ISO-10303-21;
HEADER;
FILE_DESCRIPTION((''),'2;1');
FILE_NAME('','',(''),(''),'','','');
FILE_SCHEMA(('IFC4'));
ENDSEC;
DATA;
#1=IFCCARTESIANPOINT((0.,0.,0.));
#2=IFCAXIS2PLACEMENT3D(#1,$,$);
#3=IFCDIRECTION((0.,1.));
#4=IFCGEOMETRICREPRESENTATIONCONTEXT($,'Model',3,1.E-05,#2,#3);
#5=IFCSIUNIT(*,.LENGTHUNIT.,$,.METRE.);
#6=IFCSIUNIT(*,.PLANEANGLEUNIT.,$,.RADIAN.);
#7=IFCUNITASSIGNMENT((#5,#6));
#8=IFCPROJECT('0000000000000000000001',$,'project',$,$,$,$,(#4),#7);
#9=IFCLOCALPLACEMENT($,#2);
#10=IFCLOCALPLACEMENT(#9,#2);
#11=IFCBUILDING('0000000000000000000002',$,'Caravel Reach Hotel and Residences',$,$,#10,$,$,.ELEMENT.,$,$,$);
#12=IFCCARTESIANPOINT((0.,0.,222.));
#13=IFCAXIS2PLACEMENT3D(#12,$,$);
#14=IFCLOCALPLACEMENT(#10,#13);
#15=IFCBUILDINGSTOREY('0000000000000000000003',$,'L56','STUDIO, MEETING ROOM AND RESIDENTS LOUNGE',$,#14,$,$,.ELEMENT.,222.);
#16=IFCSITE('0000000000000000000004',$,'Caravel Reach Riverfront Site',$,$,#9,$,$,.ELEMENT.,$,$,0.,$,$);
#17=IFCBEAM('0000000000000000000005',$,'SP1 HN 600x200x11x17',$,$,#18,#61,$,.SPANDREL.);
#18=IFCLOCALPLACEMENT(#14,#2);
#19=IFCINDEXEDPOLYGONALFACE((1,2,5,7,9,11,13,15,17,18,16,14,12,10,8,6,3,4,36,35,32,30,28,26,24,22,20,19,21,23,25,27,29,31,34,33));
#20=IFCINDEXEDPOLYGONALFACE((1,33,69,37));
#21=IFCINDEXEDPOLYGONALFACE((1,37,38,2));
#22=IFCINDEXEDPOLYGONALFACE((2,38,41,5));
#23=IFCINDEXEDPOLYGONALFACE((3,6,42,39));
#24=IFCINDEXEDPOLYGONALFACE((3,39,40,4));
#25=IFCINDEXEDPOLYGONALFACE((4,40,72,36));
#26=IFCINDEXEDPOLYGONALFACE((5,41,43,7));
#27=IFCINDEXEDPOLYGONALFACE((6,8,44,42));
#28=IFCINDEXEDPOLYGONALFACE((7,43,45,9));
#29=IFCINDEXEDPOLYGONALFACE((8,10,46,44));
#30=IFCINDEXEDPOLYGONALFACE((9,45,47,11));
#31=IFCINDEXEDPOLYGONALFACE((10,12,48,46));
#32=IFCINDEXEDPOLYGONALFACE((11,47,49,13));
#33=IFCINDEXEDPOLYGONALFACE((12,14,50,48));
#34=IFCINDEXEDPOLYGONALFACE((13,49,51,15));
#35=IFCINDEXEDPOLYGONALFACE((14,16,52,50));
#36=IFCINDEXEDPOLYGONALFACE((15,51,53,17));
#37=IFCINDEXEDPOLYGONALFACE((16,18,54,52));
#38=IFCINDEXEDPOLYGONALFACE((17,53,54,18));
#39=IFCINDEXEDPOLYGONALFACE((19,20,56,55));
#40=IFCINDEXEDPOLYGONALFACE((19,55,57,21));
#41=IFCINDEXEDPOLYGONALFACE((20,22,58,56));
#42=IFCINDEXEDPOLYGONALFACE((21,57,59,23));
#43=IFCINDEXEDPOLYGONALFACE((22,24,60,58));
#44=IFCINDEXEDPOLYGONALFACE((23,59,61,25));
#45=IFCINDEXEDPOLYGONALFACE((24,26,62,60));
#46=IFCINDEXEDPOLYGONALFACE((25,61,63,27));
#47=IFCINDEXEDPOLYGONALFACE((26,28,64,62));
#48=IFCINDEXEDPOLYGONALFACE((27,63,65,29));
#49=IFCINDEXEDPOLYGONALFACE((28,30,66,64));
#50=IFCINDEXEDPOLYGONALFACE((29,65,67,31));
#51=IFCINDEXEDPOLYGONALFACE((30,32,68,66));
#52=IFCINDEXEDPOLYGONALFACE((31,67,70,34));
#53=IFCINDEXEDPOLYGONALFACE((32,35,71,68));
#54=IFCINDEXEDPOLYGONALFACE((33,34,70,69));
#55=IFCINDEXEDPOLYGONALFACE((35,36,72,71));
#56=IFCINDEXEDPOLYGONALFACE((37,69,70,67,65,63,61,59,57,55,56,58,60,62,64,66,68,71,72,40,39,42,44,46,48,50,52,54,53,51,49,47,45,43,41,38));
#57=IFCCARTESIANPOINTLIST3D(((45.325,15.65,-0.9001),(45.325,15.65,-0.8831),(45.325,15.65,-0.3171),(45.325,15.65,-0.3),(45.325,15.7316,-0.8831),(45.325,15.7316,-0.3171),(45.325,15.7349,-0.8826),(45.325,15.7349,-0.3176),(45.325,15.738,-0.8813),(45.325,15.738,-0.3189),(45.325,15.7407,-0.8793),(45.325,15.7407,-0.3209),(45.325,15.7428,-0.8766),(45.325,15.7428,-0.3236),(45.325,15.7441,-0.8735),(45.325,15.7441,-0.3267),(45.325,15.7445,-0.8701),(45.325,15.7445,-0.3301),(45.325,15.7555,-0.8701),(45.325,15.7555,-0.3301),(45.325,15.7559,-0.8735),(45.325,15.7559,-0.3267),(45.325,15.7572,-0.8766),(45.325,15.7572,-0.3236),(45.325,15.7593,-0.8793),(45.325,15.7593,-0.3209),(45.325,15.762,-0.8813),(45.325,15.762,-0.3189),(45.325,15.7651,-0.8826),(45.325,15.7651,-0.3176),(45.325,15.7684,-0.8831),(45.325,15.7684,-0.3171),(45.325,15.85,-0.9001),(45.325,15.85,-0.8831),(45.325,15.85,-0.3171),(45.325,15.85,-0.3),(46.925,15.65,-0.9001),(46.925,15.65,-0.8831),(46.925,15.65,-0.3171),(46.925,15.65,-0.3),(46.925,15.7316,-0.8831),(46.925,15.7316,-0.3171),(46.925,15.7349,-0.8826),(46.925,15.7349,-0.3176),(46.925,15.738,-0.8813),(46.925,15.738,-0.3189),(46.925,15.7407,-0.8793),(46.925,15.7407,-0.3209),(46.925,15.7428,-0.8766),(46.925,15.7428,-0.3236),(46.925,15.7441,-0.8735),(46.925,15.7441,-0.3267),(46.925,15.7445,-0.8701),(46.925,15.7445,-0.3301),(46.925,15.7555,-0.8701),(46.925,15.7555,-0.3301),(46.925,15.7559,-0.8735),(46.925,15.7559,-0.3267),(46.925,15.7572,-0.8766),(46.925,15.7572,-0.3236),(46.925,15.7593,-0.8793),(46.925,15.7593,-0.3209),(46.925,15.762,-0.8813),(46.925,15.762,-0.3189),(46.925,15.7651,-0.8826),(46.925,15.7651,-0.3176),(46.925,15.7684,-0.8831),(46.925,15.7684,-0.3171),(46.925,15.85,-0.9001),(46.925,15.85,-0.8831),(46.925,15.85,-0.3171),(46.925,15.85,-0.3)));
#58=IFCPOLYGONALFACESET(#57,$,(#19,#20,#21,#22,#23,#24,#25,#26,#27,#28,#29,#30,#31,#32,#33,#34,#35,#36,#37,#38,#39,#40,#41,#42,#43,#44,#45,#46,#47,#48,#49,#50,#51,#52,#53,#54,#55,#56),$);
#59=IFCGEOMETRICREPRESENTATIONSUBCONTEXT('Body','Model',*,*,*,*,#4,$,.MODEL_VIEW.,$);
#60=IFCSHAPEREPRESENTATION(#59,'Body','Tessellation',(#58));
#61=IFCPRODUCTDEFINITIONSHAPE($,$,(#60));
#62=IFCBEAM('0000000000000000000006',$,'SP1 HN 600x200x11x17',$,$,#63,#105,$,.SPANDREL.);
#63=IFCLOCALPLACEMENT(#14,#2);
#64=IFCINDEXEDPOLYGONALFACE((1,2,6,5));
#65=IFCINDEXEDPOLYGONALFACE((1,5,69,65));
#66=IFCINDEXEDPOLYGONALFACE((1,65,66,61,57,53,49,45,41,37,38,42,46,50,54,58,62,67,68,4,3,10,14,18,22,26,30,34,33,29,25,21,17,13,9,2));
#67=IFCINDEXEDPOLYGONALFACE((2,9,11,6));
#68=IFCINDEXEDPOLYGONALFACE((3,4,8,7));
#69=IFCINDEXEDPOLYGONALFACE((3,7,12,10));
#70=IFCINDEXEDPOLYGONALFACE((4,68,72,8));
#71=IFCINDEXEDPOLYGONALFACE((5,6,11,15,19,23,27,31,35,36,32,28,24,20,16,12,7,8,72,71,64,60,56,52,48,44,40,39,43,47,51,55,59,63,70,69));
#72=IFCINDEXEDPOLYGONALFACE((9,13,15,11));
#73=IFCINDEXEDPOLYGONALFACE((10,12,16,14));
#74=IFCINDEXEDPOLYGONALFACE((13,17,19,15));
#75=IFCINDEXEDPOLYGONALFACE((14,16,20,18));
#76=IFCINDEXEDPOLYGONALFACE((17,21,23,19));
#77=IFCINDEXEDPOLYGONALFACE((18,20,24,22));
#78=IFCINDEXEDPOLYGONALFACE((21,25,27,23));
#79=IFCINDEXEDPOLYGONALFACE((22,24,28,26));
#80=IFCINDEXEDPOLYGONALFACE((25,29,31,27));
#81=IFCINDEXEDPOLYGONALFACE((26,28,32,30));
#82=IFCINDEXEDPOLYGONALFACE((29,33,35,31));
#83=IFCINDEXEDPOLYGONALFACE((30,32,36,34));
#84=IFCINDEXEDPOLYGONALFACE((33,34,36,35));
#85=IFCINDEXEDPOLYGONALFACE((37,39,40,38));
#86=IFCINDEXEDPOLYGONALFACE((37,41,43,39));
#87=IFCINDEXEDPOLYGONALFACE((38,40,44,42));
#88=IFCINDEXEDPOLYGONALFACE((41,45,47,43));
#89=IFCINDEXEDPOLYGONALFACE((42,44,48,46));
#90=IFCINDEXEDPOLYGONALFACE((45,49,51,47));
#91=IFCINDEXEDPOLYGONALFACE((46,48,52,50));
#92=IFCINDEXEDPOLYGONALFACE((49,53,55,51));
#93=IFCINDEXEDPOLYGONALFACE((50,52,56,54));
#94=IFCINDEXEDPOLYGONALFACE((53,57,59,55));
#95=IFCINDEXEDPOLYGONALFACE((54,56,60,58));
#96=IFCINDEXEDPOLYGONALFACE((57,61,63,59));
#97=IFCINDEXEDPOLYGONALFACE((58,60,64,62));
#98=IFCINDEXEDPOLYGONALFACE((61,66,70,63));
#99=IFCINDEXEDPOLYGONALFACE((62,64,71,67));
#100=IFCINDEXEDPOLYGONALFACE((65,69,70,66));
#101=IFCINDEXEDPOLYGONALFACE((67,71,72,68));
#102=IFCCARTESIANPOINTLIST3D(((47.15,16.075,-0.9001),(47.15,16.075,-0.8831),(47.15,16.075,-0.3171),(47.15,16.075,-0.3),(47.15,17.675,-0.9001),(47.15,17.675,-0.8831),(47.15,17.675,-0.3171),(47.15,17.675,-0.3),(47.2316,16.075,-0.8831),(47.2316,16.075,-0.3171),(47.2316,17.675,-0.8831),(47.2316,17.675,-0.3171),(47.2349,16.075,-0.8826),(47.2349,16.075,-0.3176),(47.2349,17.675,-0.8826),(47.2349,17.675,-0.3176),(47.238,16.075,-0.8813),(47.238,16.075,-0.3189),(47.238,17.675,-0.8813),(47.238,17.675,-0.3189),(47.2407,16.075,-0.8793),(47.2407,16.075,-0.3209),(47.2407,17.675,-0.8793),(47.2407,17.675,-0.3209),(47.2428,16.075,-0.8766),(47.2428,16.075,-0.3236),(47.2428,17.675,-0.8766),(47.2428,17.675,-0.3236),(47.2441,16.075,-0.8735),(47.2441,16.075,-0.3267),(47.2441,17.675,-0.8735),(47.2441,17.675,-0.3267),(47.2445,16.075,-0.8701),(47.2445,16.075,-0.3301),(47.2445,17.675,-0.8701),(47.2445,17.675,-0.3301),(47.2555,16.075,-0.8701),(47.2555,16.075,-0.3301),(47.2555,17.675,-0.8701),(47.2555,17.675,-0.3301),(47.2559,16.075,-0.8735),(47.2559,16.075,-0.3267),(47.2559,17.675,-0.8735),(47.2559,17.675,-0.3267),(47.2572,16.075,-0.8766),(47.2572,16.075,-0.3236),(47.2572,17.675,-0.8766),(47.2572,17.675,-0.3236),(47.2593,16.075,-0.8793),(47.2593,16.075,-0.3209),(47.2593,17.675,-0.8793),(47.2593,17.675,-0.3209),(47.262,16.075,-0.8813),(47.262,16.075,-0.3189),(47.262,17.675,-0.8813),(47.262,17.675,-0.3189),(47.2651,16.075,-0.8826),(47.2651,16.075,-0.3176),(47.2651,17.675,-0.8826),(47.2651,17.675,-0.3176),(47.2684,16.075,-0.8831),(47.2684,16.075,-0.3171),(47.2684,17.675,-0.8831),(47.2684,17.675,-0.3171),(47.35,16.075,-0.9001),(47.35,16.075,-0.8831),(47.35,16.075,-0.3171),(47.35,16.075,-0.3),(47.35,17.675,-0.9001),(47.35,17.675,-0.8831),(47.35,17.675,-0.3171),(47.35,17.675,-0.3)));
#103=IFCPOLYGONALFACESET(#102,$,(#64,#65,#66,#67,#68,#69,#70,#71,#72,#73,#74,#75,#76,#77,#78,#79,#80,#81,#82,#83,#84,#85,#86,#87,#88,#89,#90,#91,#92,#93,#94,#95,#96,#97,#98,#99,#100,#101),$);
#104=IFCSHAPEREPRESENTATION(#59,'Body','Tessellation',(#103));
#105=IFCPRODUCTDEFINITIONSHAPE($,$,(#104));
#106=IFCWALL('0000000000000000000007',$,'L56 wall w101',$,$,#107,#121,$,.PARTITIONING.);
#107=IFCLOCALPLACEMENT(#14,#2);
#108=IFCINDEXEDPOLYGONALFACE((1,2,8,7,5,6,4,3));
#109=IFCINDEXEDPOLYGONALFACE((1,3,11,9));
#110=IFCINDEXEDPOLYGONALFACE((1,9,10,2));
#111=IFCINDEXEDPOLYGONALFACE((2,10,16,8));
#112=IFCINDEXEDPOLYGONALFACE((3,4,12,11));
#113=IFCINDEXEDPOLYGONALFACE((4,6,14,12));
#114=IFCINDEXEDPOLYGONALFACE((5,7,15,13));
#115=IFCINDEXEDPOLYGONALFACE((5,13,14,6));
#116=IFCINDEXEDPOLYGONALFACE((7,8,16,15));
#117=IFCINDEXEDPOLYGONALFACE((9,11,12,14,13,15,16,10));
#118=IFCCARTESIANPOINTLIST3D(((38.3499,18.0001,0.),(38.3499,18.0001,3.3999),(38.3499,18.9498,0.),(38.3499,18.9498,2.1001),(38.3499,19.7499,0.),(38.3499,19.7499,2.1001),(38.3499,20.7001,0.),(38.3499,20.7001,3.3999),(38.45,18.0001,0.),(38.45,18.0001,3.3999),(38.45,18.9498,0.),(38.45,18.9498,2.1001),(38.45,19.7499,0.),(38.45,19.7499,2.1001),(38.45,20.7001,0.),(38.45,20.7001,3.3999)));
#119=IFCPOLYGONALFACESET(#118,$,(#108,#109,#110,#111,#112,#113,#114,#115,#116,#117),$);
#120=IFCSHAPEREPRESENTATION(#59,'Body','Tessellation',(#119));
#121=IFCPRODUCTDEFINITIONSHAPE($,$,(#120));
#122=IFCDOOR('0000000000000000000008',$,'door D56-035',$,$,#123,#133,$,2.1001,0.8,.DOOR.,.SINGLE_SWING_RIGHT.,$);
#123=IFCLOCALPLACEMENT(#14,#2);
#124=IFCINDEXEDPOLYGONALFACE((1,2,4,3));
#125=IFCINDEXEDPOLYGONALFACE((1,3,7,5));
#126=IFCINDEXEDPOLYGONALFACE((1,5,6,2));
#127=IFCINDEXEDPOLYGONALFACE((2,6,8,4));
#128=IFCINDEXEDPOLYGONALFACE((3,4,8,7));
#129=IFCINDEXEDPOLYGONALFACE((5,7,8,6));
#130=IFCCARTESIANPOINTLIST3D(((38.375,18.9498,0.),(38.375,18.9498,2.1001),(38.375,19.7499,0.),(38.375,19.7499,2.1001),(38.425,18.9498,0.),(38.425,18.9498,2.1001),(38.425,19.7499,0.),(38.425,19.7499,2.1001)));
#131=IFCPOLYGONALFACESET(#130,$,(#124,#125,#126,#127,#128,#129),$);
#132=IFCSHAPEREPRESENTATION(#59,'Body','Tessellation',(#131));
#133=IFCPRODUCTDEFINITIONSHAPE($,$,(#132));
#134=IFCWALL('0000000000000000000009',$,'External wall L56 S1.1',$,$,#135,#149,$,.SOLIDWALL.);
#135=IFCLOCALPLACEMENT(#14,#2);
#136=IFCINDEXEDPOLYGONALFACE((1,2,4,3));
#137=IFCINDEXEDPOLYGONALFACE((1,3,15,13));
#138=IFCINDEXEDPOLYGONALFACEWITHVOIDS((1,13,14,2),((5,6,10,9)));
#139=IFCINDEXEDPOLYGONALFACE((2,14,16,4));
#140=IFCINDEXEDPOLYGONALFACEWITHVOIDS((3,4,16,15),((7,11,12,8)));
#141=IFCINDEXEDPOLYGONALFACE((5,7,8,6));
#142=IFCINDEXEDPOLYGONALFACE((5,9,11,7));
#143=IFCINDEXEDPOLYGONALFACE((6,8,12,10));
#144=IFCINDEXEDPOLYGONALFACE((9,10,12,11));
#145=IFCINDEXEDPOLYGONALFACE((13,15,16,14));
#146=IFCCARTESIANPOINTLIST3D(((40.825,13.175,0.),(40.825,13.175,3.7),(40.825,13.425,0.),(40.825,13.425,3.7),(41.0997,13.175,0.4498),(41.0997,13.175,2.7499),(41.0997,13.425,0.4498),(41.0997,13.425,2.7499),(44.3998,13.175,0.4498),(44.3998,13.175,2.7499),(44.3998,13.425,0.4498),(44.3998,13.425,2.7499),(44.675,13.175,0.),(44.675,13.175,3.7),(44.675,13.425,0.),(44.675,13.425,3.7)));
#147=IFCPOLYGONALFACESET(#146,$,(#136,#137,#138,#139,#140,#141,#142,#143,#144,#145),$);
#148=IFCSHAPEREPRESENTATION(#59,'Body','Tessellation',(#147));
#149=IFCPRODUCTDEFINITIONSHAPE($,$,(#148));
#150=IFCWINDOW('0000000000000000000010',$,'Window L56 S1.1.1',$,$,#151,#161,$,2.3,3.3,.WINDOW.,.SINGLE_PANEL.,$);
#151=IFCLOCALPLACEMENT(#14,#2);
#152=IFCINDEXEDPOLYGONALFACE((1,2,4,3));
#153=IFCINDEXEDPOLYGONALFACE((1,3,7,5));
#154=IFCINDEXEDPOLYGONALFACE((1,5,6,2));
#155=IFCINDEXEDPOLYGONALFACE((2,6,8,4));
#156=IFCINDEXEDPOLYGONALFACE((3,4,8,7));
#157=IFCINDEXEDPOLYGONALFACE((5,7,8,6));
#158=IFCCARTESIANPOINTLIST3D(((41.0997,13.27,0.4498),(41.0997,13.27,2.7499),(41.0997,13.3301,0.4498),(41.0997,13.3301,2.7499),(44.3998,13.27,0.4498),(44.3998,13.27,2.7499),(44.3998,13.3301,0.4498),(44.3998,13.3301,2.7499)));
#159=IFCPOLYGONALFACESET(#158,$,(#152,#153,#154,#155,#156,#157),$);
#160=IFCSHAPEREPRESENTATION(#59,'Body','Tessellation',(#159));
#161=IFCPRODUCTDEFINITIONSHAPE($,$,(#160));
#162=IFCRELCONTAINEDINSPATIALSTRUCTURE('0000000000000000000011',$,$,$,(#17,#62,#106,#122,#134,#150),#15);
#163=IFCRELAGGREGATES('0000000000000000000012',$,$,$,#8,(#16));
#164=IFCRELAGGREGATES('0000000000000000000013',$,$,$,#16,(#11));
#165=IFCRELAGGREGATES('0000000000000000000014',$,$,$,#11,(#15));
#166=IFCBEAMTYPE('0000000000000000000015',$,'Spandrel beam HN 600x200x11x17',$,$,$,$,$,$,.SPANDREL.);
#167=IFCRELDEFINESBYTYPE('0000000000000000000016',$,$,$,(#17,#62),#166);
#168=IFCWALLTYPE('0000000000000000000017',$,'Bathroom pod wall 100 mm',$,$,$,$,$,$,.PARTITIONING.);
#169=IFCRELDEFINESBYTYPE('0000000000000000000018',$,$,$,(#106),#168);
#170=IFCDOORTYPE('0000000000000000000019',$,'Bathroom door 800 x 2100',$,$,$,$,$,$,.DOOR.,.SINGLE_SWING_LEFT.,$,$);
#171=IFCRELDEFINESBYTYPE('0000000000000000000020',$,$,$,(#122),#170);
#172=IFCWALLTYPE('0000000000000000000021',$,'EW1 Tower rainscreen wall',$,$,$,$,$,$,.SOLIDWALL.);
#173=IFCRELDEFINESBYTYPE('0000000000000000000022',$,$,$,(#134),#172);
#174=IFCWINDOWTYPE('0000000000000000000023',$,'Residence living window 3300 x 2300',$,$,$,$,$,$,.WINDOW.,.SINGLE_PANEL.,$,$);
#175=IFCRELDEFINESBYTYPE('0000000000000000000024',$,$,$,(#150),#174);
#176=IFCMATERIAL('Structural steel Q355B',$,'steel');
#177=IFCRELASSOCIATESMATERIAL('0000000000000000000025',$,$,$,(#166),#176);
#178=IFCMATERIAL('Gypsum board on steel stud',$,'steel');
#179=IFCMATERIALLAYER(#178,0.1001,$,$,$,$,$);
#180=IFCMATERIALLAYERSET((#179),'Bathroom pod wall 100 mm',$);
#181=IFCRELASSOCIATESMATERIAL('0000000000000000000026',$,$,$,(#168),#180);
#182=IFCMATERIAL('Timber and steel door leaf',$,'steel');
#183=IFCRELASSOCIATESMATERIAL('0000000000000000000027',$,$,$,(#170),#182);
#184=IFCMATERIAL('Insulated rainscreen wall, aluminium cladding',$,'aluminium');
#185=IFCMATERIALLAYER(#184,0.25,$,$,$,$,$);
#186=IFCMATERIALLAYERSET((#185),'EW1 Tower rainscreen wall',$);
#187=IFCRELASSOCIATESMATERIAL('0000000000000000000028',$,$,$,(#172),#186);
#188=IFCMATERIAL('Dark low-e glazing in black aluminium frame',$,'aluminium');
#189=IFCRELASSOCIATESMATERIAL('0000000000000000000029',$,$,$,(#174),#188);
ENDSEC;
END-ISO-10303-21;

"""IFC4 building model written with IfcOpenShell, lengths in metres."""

from ifc_helpers import new_model, si_unit, direction, frame, frame_2d, origin, origin_2d, place, context, subcontext, project, spatial, rectangle, i_section, extrude, material, layer, layer_set, material_profile, profile_set, type_object, element, fill, save


model = new_model("IFC4")

# Units and contexts
model_context = context("Model", 3, precision=1e-05, world=origin(), true_north=direction((0.0, 1.0)))
body_context = subcontext(model_context, "Body", "Model", "MODEL_VIEW")
ifc_project = project(units=[si_unit("LENGTHUNIT", "METRE"), si_unit("PLANEANGLEUNIT", "RADIAN")], contexts=[model_context])

# Site, building, storey
site_placement = place(None, origin())
site = spatial("IfcSite", under=ifc_project, at=site_placement, Name="Caravel Reach Riverfront Site", CompositionType="ELEMENT", RefElevation=0.0)
building_placement = place(site_placement, origin())
building = spatial("IfcBuilding", under=site, at=building_placement, Name="Caravel Reach Hotel and Residences", CompositionType="ELEMENT")
storey_placement = place(building_placement, frame((0.0, 0.0, 222.0)))
storey = spatial("IfcBuildingStorey", under=building, at=storey_placement, Name="L56", Description="STUDIO, MEETING ROOM AND RESIDENTS LOUNGE", CompositionType="ELEMENT", Elevation=222.0)

# Beams
ifc_material_1 = material(Name="Structural steel Q355B", Category="steel")
ifc_material_profile_1 = material_profile(ifc_material_1, i_section(OverallWidth=0.2, OverallDepth=0.6001, WebThickness=0.011, FlangeThickness=0.0171, FilletRadius=0.0129, at=origin_2d()), Name="HN 600x200x11x17")
ifc_profile_set_1 = profile_set([ifc_material_profile_1], Name="Structural steel Q355B")
beam_type = type_object("IfcBeamType", Name="Spandrel beam HN 600x200x11x17", PredefinedType="SPANDREL", material=ifc_profile_set_1)
for number, where, z_axis, x_axis, name in (
    (1, (45.325, 15.75, -0.6001), (1.0, 0.0, 0.0), (0.0, 1.0, 0.0), "SP1 HN 600x200x11x17"),
    (2, (47.25, 16.075, -0.6001), (0.0, 1.0, 0.0), (-1.0, 0.0, 0.0), "SP1 HN 600x200x11x17"),
):
    element("IfcBeam", number, at=place(storey_placement, frame(where, z_axis=z_axis, x_axis=x_axis)), inside=storey, type_object=beam_type, Name=name, PredefinedType="SPANDREL", context=body_context, shape_type="SweptSolid", body=[
        extrude(i_section(OverallWidth=0.2, OverallDepth=0.6001, WebThickness=0.011, FlangeThickness=0.0171, FilletRadius=0.0129, at=origin_2d()), origin(), (0.0, 0.0, 1.0), 1.6001),
    ])

# Wall, opening, door
ifc_material_2 = material(Name="Gypsum board on steel stud", Category="steel")
ifc_layer_1 = layer(ifc_material_2, 0.1001)
ifc_layer_set_1 = layer_set([ifc_layer_1], Name="Bathroom pod wall 100 mm")
wall_type_1 = type_object("IfcWallType", Name="Bathroom pod wall 100 mm", PredefinedType="PARTITIONING", material=ifc_layer_set_1)
wall_1_placement = place(storey_placement, frame((38.3999, 18.0, 0.0), z_axis=(0.0, 0.0, 1.0), x_axis=(0.0, 1.0, 0.0)))
wall_1 = element("IfcWall", 3, at=wall_1_placement, inside=storey, type_object=wall_type_1, Name="L56 wall w101", PredefinedType="PARTITIONING", context=body_context, shape_type="SweptSolid", body=[
    extrude(rectangle(XDim=2.7, YDim=0.1001, at=frame_2d((1.3501, 0.0))), origin(), (0.0, 0.0, 1.0), 3.3999),
])
opening_1_placement = place(wall_1_placement, frame((0.95, 0.0, 0.0)))
opening_1 = element("IfcOpeningElement", 4, at=opening_1_placement, cuts=wall_1, PredefinedType="OPENING", context=body_context, shape_type="SweptSolid", body=[
    extrude(rectangle(XDim=0.8, YDim=2.1001, at=frame_2d((0.3999, 1.05))), frame((0.0, 0.0601, 0.0), z_axis=(0.0, -1.0, 0.0), x_axis=(1.0, 0.0, 0.0)), (0.0, 0.0, 1.0), 0.1201),
])
ifc_material_3 = material(Name="Timber and steel door leaf", Category="steel")
door_type_1 = type_object("IfcDoorType", Name="Bathroom door 800 x 2100", OperationType="SINGLE_SWING_LEFT", PredefinedType="DOOR", material=ifc_material_3)
door_1_placement = place(opening_1_placement, origin())
door_1 = element("IfcDoor", 5, at=door_1_placement, inside=storey, type_object=door_type_1, Name="door D56-035", OperationType="SINGLE_SWING_RIGHT", OverallHeight=2.1001, OverallWidth=0.8, PredefinedType="DOOR", context=body_context, shape_type="SweptSolid", body=[
    extrude(rectangle(XDim=0.8, YDim=2.1001, at=frame_2d((0.3999, 1.05))), frame((0.0, 0.0249, 0.0), z_axis=(0.0, -1.0, 0.0), x_axis=(1.0, 0.0, 0.0)), (0.0, 0.0, 1.0), 0.05),
])
fill(opening_1, door_1)

# Wall, opening, window
ifc_material_4 = material(Name="Insulated rainscreen wall, aluminium cladding", Category="aluminium")
ifc_layer_2 = layer(ifc_material_4, 0.25)
ifc_layer_set_2 = layer_set([ifc_layer_2], Name="EW1 Tower rainscreen wall")
wall_type_2 = type_object("IfcWallType", Name="EW1 Tower rainscreen wall", PredefinedType="SOLIDWALL", material=ifc_layer_set_2)
wall_2_placement = place(storey_placement, frame((40.825, 13.3, 0.0), z_axis=(0.0, 0.0, 1.0), x_axis=(1.0, 0.0, 0.0)))
wall_2 = element("IfcWall", 6, at=wall_2_placement, inside=storey, type_object=wall_type_2, Name="External wall L56 S1.1", PredefinedType="SOLIDWALL", context=body_context, shape_type="SweptSolid", body=[
    extrude(rectangle(XDim=3.8501, YDim=0.25, at=frame_2d((1.925, 0.0))), origin(), (0.0, 0.0, 1.0), 3.7),
])
opening_2_placement = place(wall_2_placement, frame((0.2749, 0.0, 0.45)))
opening_2 = element("IfcOpeningElement", 7, at=opening_2_placement, cuts=wall_2, PredefinedType="OPENING", context=body_context, shape_type="SweptSolid", body=[
    extrude(rectangle(XDim=3.3, YDim=2.3, at=frame_2d((1.6499, 1.1499))), frame((0.0, 0.135, 0.0), z_axis=(0.0, -1.0, 0.0), x_axis=(1.0, 0.0, 0.0)), (0.0, 0.0, 1.0), 0.27),
])
ifc_material_5 = material(Name="Dark low-e glazing in black aluminium frame", Category="aluminium")
window_type_1 = type_object("IfcWindowType", Name="Residence living window 3300 x 2300", PartitioningType="SINGLE_PANEL", PredefinedType="WINDOW", material=ifc_material_5)
window_1_placement = place(opening_2_placement, origin())
window_1 = element("IfcWindow", 8, at=window_1_placement, inside=storey, type_object=window_type_1, Name="Window L56 S1.1.1", OverallHeight=2.3, OverallWidth=3.3, PartitioningType="SINGLE_PANEL", PredefinedType="WINDOW", context=body_context, shape_type="SweptSolid", body=[
    extrude(rectangle(XDim=3.3, YDim=2.3, at=frame_2d((1.6499, 1.1499))), frame((0.0, 0.03, 0.0), z_axis=(0.0, -1.0, 0.0), x_axis=(1.0, 0.0, 0.0)), (0.0, 0.0, 1.0), 0.0601),
])
fill(opening_2, window_1)

save(model, "model.ifc")
